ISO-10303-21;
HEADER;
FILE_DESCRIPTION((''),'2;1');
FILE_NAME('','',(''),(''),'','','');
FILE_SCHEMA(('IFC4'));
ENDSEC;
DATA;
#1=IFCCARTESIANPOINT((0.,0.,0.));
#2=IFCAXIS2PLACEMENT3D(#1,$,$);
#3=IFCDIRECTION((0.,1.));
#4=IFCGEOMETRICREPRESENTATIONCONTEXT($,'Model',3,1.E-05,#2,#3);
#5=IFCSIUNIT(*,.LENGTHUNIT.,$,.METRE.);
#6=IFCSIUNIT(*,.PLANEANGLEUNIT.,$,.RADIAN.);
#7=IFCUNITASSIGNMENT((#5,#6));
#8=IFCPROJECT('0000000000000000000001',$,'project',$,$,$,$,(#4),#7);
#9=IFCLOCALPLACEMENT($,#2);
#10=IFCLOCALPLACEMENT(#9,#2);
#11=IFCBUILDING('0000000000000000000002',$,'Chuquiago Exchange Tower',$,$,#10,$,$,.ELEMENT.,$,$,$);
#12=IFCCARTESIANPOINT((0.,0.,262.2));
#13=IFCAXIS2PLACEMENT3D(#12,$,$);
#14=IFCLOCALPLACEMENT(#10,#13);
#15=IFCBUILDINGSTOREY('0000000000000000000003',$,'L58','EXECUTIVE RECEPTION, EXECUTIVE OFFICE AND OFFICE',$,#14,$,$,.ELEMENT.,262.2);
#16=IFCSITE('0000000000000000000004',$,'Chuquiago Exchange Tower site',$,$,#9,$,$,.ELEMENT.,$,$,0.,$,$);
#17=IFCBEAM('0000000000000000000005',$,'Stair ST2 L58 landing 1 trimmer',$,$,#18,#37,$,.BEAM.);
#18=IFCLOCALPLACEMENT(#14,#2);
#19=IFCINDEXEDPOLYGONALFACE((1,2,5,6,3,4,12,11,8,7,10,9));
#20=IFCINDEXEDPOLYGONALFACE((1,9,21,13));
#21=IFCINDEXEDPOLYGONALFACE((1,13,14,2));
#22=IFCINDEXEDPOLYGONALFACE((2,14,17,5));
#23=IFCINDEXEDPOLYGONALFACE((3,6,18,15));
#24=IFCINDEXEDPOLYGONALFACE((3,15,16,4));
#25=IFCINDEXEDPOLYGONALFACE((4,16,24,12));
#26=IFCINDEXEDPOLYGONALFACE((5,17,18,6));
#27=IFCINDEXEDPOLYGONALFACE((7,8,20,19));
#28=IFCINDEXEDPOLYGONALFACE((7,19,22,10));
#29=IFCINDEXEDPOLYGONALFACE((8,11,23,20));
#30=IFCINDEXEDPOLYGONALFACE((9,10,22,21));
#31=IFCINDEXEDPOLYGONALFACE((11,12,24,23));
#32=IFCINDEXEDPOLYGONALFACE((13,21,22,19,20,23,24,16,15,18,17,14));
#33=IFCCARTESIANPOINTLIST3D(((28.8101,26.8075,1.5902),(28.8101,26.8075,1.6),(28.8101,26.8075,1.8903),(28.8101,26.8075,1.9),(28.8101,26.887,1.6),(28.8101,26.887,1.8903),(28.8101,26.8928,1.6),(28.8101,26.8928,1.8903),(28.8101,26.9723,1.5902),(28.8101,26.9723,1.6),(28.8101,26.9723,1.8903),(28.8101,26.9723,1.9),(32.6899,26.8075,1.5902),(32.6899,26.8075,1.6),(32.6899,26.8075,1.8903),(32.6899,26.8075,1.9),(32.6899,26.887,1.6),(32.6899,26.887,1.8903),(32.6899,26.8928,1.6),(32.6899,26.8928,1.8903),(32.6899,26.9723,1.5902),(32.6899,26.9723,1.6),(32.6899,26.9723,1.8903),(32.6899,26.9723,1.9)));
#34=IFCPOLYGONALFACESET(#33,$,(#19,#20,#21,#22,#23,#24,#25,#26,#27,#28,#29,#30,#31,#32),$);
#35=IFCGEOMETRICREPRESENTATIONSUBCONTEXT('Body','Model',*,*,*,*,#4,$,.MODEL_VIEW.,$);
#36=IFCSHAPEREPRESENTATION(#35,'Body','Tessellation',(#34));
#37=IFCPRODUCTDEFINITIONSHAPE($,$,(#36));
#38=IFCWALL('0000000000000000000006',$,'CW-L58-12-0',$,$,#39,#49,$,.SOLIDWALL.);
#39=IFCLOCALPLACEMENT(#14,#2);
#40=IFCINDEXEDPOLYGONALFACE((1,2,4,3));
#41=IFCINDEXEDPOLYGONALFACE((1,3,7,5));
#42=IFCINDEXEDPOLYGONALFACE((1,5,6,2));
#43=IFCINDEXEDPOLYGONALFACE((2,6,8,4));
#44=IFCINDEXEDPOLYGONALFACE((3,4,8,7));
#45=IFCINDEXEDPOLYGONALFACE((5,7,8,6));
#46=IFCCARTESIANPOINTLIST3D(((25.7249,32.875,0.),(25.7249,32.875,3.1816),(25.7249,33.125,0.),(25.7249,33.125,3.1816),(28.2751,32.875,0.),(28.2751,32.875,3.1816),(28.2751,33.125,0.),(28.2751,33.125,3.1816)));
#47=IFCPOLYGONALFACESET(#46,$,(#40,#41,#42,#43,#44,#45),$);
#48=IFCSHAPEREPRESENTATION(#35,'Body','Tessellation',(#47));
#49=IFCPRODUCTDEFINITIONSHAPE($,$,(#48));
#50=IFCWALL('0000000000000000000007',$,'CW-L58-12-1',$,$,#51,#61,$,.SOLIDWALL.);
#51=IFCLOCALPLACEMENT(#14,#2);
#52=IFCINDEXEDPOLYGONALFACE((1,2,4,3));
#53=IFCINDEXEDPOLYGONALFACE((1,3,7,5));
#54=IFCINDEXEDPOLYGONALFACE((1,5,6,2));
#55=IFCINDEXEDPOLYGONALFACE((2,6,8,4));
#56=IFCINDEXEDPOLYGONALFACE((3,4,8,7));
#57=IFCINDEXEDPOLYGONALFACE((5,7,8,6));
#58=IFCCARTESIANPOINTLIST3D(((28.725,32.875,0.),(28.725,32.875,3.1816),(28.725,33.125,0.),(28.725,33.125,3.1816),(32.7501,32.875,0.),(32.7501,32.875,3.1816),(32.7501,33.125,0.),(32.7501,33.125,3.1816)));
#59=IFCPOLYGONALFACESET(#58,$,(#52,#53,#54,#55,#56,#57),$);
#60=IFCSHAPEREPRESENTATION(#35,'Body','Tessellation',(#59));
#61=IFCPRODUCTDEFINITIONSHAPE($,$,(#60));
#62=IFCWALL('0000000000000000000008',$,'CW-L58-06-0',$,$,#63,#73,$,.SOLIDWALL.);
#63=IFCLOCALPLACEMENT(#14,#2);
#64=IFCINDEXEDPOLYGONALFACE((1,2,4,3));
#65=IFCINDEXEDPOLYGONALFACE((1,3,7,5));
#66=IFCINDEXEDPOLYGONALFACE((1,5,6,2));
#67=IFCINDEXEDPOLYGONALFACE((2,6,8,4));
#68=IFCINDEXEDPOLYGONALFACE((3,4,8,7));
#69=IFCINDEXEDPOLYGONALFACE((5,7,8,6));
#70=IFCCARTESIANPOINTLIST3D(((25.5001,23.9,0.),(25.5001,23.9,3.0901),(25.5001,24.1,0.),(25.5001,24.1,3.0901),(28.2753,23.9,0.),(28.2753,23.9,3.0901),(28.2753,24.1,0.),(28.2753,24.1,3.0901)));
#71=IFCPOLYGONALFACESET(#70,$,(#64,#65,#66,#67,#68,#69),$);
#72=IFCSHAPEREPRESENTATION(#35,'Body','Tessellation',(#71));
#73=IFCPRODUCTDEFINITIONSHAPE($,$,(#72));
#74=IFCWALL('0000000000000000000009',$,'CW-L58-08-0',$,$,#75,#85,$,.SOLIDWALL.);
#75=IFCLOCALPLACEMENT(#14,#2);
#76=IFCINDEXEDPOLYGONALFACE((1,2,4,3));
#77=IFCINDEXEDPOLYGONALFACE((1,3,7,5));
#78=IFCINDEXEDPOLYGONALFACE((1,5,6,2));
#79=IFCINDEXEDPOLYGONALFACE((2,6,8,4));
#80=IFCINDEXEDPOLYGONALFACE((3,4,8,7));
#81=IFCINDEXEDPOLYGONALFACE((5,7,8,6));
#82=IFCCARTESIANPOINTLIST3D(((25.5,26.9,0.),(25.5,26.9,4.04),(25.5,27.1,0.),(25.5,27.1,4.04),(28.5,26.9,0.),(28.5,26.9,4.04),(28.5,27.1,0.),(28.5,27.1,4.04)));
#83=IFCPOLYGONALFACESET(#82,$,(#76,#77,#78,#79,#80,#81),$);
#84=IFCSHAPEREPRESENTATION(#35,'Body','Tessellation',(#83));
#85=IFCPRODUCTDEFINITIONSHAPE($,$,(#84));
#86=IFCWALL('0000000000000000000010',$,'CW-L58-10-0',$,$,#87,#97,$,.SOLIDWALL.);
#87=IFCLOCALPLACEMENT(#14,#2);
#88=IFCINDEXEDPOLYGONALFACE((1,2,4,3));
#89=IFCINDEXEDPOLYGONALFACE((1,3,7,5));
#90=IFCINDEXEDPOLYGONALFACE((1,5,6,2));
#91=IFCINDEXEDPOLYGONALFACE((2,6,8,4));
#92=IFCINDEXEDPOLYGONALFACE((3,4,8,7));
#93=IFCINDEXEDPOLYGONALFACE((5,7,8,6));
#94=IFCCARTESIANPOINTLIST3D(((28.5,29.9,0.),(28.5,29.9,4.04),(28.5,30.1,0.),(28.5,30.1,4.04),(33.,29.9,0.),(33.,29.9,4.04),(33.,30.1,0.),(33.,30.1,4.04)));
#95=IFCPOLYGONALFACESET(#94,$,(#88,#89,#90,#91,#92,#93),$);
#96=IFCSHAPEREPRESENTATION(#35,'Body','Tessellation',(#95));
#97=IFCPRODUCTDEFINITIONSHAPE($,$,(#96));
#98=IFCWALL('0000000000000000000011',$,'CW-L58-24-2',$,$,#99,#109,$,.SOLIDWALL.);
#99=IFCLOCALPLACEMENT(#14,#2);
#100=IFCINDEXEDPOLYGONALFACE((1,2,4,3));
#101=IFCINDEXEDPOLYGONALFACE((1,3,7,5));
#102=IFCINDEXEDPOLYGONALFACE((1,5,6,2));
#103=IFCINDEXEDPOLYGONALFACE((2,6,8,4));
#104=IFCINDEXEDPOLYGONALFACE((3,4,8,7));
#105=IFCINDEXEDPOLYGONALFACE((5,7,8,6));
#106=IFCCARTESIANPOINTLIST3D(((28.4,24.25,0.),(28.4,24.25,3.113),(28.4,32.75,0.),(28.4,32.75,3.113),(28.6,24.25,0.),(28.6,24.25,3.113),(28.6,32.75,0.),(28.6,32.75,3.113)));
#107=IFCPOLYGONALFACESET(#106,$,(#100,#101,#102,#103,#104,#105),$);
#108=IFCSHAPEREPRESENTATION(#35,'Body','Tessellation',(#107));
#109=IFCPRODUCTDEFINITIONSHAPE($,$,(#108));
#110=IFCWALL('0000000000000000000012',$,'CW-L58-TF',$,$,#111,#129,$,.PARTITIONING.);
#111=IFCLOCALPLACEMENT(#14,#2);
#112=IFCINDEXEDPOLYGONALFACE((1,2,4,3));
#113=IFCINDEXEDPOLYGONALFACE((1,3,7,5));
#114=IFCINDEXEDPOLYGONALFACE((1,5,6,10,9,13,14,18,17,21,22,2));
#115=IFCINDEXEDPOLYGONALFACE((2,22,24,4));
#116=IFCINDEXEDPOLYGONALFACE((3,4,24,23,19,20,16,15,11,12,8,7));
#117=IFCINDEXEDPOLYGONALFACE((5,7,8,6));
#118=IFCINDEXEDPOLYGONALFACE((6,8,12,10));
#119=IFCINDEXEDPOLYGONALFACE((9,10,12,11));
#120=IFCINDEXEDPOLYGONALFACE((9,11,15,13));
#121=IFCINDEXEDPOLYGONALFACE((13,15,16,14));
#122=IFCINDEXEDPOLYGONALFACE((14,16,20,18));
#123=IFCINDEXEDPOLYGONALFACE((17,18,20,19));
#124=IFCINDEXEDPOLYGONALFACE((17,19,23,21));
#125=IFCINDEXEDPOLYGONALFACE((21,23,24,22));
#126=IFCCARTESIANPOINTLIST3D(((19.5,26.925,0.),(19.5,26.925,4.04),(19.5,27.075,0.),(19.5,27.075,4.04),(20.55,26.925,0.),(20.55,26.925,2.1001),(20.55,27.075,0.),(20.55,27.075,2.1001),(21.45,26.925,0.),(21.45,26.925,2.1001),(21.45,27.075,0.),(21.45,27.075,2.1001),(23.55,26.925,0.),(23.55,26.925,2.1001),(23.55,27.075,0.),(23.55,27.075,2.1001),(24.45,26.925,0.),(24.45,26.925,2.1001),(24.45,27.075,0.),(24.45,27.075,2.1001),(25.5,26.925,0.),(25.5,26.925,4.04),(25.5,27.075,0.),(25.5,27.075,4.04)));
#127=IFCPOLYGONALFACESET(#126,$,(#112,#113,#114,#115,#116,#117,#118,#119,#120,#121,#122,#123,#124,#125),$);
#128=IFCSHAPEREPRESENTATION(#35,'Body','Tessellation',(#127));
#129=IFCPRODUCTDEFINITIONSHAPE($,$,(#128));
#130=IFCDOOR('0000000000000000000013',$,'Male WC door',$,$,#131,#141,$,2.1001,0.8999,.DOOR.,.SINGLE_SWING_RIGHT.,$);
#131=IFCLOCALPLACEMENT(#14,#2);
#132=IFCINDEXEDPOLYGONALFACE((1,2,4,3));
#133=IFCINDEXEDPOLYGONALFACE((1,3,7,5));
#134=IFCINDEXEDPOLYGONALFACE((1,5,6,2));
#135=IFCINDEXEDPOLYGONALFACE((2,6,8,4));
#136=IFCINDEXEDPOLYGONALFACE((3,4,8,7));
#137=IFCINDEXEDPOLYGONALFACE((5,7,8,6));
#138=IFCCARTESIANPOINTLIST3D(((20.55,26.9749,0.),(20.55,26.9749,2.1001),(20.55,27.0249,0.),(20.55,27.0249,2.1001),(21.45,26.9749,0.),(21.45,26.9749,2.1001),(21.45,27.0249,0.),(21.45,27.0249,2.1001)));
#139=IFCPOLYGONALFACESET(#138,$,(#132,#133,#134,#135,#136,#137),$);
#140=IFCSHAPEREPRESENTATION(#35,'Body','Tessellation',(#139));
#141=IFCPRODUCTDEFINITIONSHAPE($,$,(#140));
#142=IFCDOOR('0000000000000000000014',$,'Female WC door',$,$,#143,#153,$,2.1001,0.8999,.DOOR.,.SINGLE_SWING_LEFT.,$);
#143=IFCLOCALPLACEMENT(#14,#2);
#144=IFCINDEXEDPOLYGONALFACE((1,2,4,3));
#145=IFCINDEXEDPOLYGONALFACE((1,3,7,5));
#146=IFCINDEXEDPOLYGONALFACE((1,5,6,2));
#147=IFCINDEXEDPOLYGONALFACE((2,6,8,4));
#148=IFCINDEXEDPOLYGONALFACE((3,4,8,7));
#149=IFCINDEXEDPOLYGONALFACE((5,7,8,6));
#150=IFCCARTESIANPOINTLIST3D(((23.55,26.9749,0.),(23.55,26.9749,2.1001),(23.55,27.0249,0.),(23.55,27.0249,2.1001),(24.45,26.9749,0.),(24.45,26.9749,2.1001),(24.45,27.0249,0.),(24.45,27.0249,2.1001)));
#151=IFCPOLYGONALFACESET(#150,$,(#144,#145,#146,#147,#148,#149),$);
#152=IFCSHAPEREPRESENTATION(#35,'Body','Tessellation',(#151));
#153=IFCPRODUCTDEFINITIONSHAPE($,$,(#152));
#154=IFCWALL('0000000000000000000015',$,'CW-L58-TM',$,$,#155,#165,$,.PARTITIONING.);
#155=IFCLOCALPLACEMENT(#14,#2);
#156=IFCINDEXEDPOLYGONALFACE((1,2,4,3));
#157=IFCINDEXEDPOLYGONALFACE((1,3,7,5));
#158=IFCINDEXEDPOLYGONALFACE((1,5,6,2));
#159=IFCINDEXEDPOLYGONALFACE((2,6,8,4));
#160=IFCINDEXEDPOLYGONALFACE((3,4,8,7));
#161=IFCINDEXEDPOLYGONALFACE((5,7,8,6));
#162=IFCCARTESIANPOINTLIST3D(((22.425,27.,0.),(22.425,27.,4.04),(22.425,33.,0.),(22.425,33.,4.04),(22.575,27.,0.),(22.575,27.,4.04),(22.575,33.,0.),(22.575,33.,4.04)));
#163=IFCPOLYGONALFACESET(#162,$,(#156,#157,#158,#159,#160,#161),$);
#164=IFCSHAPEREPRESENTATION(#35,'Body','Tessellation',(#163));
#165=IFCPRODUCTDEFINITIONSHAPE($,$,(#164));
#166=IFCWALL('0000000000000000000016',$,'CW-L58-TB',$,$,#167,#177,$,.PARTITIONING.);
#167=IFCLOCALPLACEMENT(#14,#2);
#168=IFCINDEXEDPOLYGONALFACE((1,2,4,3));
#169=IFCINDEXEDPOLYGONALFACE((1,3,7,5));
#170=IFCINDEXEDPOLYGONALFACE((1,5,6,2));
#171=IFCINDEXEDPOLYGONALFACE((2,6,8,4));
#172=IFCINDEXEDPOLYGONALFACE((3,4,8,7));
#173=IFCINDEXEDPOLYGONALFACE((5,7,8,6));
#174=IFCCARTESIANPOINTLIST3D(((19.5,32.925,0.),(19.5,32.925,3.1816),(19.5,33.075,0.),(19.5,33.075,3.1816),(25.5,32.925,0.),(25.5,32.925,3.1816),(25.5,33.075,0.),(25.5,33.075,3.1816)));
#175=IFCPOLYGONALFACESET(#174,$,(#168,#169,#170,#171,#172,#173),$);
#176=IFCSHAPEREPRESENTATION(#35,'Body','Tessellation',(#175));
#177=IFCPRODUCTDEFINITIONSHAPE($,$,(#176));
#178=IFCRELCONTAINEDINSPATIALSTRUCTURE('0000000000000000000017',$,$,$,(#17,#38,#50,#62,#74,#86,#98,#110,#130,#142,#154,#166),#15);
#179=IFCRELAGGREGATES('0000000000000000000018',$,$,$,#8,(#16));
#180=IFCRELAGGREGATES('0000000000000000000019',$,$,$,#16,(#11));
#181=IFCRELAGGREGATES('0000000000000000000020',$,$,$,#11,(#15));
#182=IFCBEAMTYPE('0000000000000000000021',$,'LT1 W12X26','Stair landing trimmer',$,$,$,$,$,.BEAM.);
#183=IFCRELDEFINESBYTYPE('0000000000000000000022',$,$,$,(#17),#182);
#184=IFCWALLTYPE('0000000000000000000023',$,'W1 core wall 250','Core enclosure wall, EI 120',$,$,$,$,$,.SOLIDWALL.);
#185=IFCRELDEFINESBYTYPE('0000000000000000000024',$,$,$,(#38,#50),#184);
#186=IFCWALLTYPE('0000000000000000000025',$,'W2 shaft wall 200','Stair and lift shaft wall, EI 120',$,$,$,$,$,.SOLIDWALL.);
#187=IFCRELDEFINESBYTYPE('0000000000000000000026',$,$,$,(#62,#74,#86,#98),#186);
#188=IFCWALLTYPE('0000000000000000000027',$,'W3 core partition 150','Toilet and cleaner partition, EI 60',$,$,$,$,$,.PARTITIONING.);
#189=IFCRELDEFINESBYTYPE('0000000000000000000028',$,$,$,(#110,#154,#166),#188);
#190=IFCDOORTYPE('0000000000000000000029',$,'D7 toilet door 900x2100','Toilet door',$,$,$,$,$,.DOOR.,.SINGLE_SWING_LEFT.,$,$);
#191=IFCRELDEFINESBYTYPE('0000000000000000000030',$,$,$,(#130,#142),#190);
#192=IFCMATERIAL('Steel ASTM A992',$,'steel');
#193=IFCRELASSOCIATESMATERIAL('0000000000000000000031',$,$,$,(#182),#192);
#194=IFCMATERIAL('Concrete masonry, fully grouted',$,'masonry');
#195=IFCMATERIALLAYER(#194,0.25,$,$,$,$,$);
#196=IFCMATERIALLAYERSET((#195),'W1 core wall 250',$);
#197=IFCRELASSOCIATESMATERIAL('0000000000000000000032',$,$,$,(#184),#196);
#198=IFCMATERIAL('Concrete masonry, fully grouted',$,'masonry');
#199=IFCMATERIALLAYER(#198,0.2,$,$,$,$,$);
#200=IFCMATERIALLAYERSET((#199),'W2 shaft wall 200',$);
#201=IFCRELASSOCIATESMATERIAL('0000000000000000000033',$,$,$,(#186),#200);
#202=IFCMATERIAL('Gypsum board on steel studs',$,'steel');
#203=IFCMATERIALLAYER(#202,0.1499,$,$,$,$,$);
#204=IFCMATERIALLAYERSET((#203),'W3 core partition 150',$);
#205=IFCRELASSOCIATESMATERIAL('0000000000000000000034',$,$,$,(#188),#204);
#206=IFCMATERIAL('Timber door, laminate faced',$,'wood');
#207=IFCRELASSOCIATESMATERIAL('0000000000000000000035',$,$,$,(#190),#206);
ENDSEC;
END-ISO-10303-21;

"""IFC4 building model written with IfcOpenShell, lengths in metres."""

from ifc_helpers import new_model, si_unit, direction, frame, frame_2d, origin, origin_2d, place, context, subcontext, project, spatial, rectangle, i_section, extrude, material, layer, layer_set, material_profile, profile_set, type_object, element, fill, save


model = new_model("IFC4")

# Units and contexts
model_context = context("Model", 3, precision=1e-05, world=origin(), true_north=direction((0.0, 1.0)))
body_context = subcontext(model_context, "Body", "Model", "MODEL_VIEW")
ifc_project = project(units=[si_unit("LENGTHUNIT", "METRE"), si_unit("PLANEANGLEUNIT", "RADIAN")], contexts=[model_context])

# Site, building, storey
site_placement = place(None, origin())
site = spatial("IfcSite", under=ifc_project, at=site_placement, Name="Chuquiago Exchange Tower site", CompositionType="ELEMENT", RefElevation=0.0)
building_placement = place(site_placement, origin())
building = spatial("IfcBuilding", under=site, at=building_placement, Name="Chuquiago Exchange Tower", CompositionType="ELEMENT")
storey_placement = place(building_placement, frame((0.0, 0.0, 262.2)))
storey = spatial("IfcBuildingStorey", under=building, at=storey_placement, Name="L58", Description="EXECUTIVE RECEPTION, EXECUTIVE OFFICE AND OFFICE", CompositionType="ELEMENT", Elevation=262.2)

# Beam
ifc_material_1 = material(Name="Steel ASTM A992", Category="steel")
ifc_material_profile_1 = material_profile(ifc_material_1, i_section(OverallWidth=0.1648, OverallDepth=0.3098, WebThickness=0.0059, FlangeThickness=0.0098, at=origin_2d()), Name="W12X26")
ifc_profile_set_1 = profile_set([ifc_material_profile_1], Name="Steel ASTM A992")
beam_type_1 = type_object("IfcBeamType", Name="LT1 W12X26", Description="Stair landing trimmer", PredefinedType="BEAM", material=ifc_profile_set_1)
for number, where, z_axis, x_axis, name in (
    (1, (28.8101, 26.8899, 1.7451), (1.0, 0.0, 0.0), (0.0, 1.0, 0.0), "Stair ST2 L58 landing 1 trimmer"),
):
    element("IfcBeam", number, at=place(storey_placement, frame(where, z_axis=z_axis, x_axis=x_axis)), inside=storey, type_object=beam_type_1, Name=name, PredefinedType="BEAM", context=body_context, shape_type="SweptSolid", body=[
        extrude(i_section(OverallWidth=0.1648, OverallDepth=0.3098, WebThickness=0.0059, FlangeThickness=0.0098, at=origin_2d()), origin(), (0.0, 0.0, 1.0), 3.8799),
    ])

# Walls
ifc_material_2 = material(Name="Concrete masonry, fully grouted", Category="masonry")
ifc_layer_1 = layer(ifc_material_2, 0.25)
ifc_layer_set_1 = layer_set([ifc_layer_1], Name="W1 core wall 250")
wall_type_1 = type_object("IfcWallType", Name="W1 core wall 250", Description="Core enclosure wall, EI 120", PredefinedType="SOLIDWALL", material=ifc_layer_set_1)
wall_1_placement = place(storey_placement, frame((25.7249, 33.0, 0.0), z_axis=(0.0, 0.0, 1.0), x_axis=(1.0, 0.0, 0.0)))
element("IfcWall", 2, at=wall_1_placement, inside=storey, type_object=wall_type_1, Name="CW-L58-12-0", PredefinedType="SOLIDWALL", context=body_context, shape_type="SweptSolid", body=[
    extrude(rectangle(XDim=2.5503, YDim=0.25, at=frame_2d((1.2751, 0.0))), origin(), (0.0, 0.0, 1.0), 3.1816),
])
wall_2_placement = place(storey_placement, frame((28.7249, 33.0, 0.0), z_axis=(0.0, 0.0, 1.0), x_axis=(1.0, 0.0, 0.0)))
element("IfcWall", 3, at=wall_2_placement, inside=storey, type_object=wall_type_1, Name="CW-L58-12-1", PredefinedType="SOLIDWALL", context=body_context, shape_type="SweptSolid", body=[
    extrude(rectangle(XDim=4.0251, YDim=0.25, at=frame_2d((2.0127, 0.0))), origin(), (0.0, 0.0, 1.0), 3.1816),
])
ifc_material_3 = material(Name="Concrete masonry, fully grouted", Category="masonry")
ifc_layer_2 = layer(ifc_material_3, 0.2)
ifc_layer_set_2 = layer_set([ifc_layer_2], Name="W2 shaft wall 200")
wall_type_2 = type_object("IfcWallType", Name="W2 shaft wall 200", Description="Stair and lift shaft wall, EI 120", PredefinedType="SOLIDWALL", material=ifc_layer_set_2)
wall_3_placement = place(storey_placement, frame((25.5, 24.0, 0.0), z_axis=(0.0, 0.0, 1.0), x_axis=(1.0, 0.0, 0.0)))
element("IfcWall", 4, at=wall_3_placement, inside=storey, type_object=wall_type_2, Name="CW-L58-06-0", PredefinedType="SOLIDWALL", context=body_context, shape_type="SweptSolid", body=[
    extrude(rectangle(XDim=2.7751, YDim=0.2, at=frame_2d((1.3877, 0.0))), origin(), (0.0, 0.0, 1.0), 3.0901),
])
wall_4_placement = place(storey_placement, frame((25.5, 27.0, 0.0), z_axis=(0.0, 0.0, 1.0), x_axis=(1.0, 0.0, 0.0)))
element("IfcWall", 5, at=wall_4_placement, inside=storey, type_object=wall_type_2, Name="CW-L58-08-0", PredefinedType="SOLIDWALL", context=body_context, shape_type="SweptSolid", body=[
    extrude(rectangle(XDim=3.0, YDim=0.2, at=frame_2d((1.5, 0.0))), origin(), (0.0, 0.0, 1.0), 4.04),
])
wall_5_placement = place(storey_placement, frame((28.5, 30.0, 0.0), z_axis=(0.0, 0.0, 1.0), x_axis=(1.0, 0.0, 0.0)))
element("IfcWall", 6, at=wall_5_placement, inside=storey, type_object=wall_type_2, Name="CW-L58-10-0", PredefinedType="SOLIDWALL", context=body_context, shape_type="SweptSolid", body=[
    extrude(rectangle(XDim=4.5, YDim=0.2, at=frame_2d((2.25, 0.0))), origin(), (0.0, 0.0, 1.0), 4.04),
])
wall_6_placement = place(storey_placement, frame((28.5, 24.25, 0.0), z_axis=(0.0, 0.0, 1.0), x_axis=(0.0, 1.0, 0.0)))
element("IfcWall", 7, at=wall_6_placement, inside=storey, type_object=wall_type_2, Name="CW-L58-24-2", PredefinedType="SOLIDWALL", context=body_context, shape_type="SweptSolid", body=[
    extrude(rectangle(XDim=8.5, YDim=0.2, at=frame_2d((4.25, 0.0))), origin(), (0.0, 0.0, 1.0), 3.113),
])

# Wall, openings, doors
ifc_material_4 = material(Name="Gypsum board on steel studs", Category="steel")
ifc_layer_3 = layer(ifc_material_4, 0.1499)
ifc_layer_set_3 = layer_set([ifc_layer_3], Name="W3 core partition 150")
wall_type_3 = type_object("IfcWallType", Name="W3 core partition 150", Description="Toilet and cleaner partition, EI 60", PredefinedType="PARTITIONING", material=ifc_layer_set_3)
wall_7_placement = place(storey_placement, frame((19.5, 27.0, 0.0), z_axis=(0.0, 0.0, 1.0), x_axis=(1.0, 0.0, 0.0)))
wall_7 = element("IfcWall", 8, at=wall_7_placement, inside=storey, type_object=wall_type_3, Name="CW-L58-TF", PredefinedType="PARTITIONING", context=body_context, shape_type="SweptSolid", body=[
    extrude(rectangle(XDim=6.0, YDim=0.1499, at=frame_2d((3.0, 0.0))), origin(), (0.0, 0.0, 1.0), 4.04),
])
opening_1_placement = place(wall_7_placement, frame((1.05, 0.0, 0.0)))
opening_1 = element("IfcOpeningElement", 9, at=opening_1_placement, cuts=wall_7, PredefinedType="OPENING", context=body_context, shape_type="SweptSolid", body=[
    extrude(rectangle(XDim=0.8999, YDim=2.1001, at=frame_2d((0.45, 1.05))), frame((0.0, 0.085, 0.0), z_axis=(0.0, -1.0, 0.0), x_axis=(1.0, 0.0, 0.0)), (0.0, 0.0, 1.0), 0.1699),
])
opening_2_placement = place(wall_7_placement, frame((4.05, 0.0, 0.0)))
opening_2 = element("IfcOpeningElement", 10, at=opening_2_placement, cuts=wall_7, PredefinedType="OPENING", context=body_context, shape_type="SweptSolid", body=[
    extrude(rectangle(XDim=0.8999, YDim=2.1001, at=frame_2d((0.45, 1.05))), frame((0.0, 0.085, 0.0), z_axis=(0.0, -1.0, 0.0), x_axis=(1.0, 0.0, 0.0)), (0.0, 0.0, 1.0), 0.1699),
])
ifc_material_5 = material(Name="Timber door, laminate faced", Category="wood")
door_type_1 = type_object("IfcDoorType", Name="D7 toilet door 900x2100", Description="Toilet door", OperationType="SINGLE_SWING_LEFT", PredefinedType="DOOR", material=ifc_material_5)
door_1_placement = place(opening_1_placement, origin())
door_1 = element("IfcDoor", 11, at=door_1_placement, inside=storey, type_object=door_type_1, Name="Male WC door", OperationType="SINGLE_SWING_RIGHT", OverallHeight=2.1001, OverallWidth=0.8999, PredefinedType="DOOR", context=body_context, shape_type="SweptSolid", body=[
    extrude(rectangle(XDim=0.8999, YDim=2.1001, at=frame_2d((0.45, 1.05))), frame((0.0, 0.0249, 0.0), z_axis=(0.0, -1.0, 0.0), x_axis=(1.0, 0.0, 0.0)), (0.0, 0.0, 1.0), 0.05),
])
fill(opening_1, door_1)
door_2_placement = place(opening_2_placement, origin())
door_2 = element("IfcDoor", 12, at=door_2_placement, inside=storey, type_object=door_type_1, Name="Female WC door", OperationType="SINGLE_SWING_LEFT", OverallHeight=2.1001, OverallWidth=0.8999, PredefinedType="DOOR", context=body_context, shape_type="SweptSolid", body=[
    extrude(rectangle(XDim=0.8999, YDim=2.1001, at=frame_2d((0.45, 1.05))), frame((0.0, 0.0249, 0.0), z_axis=(0.0, -1.0, 0.0), x_axis=(1.0, 0.0, 0.0)), (0.0, 0.0, 1.0), 0.05),
])
fill(opening_2, door_2)

# Walls
wall_8_placement = place(storey_placement, frame((22.5, 27.0, 0.0), z_axis=(0.0, 0.0, 1.0), x_axis=(0.0, 1.0, 0.0)))
element("IfcWall", 13, at=wall_8_placement, inside=storey, type_object=wall_type_3, Name="CW-L58-TM", PredefinedType="PARTITIONING", context=body_context, shape_type="SweptSolid", body=[
    extrude(rectangle(XDim=6.0, YDim=0.1499, at=frame_2d((3.0, 0.0))), origin(), (0.0, 0.0, 1.0), 4.04),
])
wall_9_placement = place(storey_placement, frame((19.5, 33.0, 0.0), z_axis=(0.0, 0.0, 1.0), x_axis=(1.0, 0.0, 0.0)))
element("IfcWall", 14, at=wall_9_placement, inside=storey, type_object=wall_type_3, Name="CW-L58-TB", PredefinedType="PARTITIONING", context=body_context, shape_type="SweptSolid", body=[
    extrude(rectangle(XDim=6.0, YDim=0.1499, at=frame_2d((3.0, 0.0))), origin(), (0.0, 0.0, 1.0), 3.1816),
])

save(model, "model.ifc")
